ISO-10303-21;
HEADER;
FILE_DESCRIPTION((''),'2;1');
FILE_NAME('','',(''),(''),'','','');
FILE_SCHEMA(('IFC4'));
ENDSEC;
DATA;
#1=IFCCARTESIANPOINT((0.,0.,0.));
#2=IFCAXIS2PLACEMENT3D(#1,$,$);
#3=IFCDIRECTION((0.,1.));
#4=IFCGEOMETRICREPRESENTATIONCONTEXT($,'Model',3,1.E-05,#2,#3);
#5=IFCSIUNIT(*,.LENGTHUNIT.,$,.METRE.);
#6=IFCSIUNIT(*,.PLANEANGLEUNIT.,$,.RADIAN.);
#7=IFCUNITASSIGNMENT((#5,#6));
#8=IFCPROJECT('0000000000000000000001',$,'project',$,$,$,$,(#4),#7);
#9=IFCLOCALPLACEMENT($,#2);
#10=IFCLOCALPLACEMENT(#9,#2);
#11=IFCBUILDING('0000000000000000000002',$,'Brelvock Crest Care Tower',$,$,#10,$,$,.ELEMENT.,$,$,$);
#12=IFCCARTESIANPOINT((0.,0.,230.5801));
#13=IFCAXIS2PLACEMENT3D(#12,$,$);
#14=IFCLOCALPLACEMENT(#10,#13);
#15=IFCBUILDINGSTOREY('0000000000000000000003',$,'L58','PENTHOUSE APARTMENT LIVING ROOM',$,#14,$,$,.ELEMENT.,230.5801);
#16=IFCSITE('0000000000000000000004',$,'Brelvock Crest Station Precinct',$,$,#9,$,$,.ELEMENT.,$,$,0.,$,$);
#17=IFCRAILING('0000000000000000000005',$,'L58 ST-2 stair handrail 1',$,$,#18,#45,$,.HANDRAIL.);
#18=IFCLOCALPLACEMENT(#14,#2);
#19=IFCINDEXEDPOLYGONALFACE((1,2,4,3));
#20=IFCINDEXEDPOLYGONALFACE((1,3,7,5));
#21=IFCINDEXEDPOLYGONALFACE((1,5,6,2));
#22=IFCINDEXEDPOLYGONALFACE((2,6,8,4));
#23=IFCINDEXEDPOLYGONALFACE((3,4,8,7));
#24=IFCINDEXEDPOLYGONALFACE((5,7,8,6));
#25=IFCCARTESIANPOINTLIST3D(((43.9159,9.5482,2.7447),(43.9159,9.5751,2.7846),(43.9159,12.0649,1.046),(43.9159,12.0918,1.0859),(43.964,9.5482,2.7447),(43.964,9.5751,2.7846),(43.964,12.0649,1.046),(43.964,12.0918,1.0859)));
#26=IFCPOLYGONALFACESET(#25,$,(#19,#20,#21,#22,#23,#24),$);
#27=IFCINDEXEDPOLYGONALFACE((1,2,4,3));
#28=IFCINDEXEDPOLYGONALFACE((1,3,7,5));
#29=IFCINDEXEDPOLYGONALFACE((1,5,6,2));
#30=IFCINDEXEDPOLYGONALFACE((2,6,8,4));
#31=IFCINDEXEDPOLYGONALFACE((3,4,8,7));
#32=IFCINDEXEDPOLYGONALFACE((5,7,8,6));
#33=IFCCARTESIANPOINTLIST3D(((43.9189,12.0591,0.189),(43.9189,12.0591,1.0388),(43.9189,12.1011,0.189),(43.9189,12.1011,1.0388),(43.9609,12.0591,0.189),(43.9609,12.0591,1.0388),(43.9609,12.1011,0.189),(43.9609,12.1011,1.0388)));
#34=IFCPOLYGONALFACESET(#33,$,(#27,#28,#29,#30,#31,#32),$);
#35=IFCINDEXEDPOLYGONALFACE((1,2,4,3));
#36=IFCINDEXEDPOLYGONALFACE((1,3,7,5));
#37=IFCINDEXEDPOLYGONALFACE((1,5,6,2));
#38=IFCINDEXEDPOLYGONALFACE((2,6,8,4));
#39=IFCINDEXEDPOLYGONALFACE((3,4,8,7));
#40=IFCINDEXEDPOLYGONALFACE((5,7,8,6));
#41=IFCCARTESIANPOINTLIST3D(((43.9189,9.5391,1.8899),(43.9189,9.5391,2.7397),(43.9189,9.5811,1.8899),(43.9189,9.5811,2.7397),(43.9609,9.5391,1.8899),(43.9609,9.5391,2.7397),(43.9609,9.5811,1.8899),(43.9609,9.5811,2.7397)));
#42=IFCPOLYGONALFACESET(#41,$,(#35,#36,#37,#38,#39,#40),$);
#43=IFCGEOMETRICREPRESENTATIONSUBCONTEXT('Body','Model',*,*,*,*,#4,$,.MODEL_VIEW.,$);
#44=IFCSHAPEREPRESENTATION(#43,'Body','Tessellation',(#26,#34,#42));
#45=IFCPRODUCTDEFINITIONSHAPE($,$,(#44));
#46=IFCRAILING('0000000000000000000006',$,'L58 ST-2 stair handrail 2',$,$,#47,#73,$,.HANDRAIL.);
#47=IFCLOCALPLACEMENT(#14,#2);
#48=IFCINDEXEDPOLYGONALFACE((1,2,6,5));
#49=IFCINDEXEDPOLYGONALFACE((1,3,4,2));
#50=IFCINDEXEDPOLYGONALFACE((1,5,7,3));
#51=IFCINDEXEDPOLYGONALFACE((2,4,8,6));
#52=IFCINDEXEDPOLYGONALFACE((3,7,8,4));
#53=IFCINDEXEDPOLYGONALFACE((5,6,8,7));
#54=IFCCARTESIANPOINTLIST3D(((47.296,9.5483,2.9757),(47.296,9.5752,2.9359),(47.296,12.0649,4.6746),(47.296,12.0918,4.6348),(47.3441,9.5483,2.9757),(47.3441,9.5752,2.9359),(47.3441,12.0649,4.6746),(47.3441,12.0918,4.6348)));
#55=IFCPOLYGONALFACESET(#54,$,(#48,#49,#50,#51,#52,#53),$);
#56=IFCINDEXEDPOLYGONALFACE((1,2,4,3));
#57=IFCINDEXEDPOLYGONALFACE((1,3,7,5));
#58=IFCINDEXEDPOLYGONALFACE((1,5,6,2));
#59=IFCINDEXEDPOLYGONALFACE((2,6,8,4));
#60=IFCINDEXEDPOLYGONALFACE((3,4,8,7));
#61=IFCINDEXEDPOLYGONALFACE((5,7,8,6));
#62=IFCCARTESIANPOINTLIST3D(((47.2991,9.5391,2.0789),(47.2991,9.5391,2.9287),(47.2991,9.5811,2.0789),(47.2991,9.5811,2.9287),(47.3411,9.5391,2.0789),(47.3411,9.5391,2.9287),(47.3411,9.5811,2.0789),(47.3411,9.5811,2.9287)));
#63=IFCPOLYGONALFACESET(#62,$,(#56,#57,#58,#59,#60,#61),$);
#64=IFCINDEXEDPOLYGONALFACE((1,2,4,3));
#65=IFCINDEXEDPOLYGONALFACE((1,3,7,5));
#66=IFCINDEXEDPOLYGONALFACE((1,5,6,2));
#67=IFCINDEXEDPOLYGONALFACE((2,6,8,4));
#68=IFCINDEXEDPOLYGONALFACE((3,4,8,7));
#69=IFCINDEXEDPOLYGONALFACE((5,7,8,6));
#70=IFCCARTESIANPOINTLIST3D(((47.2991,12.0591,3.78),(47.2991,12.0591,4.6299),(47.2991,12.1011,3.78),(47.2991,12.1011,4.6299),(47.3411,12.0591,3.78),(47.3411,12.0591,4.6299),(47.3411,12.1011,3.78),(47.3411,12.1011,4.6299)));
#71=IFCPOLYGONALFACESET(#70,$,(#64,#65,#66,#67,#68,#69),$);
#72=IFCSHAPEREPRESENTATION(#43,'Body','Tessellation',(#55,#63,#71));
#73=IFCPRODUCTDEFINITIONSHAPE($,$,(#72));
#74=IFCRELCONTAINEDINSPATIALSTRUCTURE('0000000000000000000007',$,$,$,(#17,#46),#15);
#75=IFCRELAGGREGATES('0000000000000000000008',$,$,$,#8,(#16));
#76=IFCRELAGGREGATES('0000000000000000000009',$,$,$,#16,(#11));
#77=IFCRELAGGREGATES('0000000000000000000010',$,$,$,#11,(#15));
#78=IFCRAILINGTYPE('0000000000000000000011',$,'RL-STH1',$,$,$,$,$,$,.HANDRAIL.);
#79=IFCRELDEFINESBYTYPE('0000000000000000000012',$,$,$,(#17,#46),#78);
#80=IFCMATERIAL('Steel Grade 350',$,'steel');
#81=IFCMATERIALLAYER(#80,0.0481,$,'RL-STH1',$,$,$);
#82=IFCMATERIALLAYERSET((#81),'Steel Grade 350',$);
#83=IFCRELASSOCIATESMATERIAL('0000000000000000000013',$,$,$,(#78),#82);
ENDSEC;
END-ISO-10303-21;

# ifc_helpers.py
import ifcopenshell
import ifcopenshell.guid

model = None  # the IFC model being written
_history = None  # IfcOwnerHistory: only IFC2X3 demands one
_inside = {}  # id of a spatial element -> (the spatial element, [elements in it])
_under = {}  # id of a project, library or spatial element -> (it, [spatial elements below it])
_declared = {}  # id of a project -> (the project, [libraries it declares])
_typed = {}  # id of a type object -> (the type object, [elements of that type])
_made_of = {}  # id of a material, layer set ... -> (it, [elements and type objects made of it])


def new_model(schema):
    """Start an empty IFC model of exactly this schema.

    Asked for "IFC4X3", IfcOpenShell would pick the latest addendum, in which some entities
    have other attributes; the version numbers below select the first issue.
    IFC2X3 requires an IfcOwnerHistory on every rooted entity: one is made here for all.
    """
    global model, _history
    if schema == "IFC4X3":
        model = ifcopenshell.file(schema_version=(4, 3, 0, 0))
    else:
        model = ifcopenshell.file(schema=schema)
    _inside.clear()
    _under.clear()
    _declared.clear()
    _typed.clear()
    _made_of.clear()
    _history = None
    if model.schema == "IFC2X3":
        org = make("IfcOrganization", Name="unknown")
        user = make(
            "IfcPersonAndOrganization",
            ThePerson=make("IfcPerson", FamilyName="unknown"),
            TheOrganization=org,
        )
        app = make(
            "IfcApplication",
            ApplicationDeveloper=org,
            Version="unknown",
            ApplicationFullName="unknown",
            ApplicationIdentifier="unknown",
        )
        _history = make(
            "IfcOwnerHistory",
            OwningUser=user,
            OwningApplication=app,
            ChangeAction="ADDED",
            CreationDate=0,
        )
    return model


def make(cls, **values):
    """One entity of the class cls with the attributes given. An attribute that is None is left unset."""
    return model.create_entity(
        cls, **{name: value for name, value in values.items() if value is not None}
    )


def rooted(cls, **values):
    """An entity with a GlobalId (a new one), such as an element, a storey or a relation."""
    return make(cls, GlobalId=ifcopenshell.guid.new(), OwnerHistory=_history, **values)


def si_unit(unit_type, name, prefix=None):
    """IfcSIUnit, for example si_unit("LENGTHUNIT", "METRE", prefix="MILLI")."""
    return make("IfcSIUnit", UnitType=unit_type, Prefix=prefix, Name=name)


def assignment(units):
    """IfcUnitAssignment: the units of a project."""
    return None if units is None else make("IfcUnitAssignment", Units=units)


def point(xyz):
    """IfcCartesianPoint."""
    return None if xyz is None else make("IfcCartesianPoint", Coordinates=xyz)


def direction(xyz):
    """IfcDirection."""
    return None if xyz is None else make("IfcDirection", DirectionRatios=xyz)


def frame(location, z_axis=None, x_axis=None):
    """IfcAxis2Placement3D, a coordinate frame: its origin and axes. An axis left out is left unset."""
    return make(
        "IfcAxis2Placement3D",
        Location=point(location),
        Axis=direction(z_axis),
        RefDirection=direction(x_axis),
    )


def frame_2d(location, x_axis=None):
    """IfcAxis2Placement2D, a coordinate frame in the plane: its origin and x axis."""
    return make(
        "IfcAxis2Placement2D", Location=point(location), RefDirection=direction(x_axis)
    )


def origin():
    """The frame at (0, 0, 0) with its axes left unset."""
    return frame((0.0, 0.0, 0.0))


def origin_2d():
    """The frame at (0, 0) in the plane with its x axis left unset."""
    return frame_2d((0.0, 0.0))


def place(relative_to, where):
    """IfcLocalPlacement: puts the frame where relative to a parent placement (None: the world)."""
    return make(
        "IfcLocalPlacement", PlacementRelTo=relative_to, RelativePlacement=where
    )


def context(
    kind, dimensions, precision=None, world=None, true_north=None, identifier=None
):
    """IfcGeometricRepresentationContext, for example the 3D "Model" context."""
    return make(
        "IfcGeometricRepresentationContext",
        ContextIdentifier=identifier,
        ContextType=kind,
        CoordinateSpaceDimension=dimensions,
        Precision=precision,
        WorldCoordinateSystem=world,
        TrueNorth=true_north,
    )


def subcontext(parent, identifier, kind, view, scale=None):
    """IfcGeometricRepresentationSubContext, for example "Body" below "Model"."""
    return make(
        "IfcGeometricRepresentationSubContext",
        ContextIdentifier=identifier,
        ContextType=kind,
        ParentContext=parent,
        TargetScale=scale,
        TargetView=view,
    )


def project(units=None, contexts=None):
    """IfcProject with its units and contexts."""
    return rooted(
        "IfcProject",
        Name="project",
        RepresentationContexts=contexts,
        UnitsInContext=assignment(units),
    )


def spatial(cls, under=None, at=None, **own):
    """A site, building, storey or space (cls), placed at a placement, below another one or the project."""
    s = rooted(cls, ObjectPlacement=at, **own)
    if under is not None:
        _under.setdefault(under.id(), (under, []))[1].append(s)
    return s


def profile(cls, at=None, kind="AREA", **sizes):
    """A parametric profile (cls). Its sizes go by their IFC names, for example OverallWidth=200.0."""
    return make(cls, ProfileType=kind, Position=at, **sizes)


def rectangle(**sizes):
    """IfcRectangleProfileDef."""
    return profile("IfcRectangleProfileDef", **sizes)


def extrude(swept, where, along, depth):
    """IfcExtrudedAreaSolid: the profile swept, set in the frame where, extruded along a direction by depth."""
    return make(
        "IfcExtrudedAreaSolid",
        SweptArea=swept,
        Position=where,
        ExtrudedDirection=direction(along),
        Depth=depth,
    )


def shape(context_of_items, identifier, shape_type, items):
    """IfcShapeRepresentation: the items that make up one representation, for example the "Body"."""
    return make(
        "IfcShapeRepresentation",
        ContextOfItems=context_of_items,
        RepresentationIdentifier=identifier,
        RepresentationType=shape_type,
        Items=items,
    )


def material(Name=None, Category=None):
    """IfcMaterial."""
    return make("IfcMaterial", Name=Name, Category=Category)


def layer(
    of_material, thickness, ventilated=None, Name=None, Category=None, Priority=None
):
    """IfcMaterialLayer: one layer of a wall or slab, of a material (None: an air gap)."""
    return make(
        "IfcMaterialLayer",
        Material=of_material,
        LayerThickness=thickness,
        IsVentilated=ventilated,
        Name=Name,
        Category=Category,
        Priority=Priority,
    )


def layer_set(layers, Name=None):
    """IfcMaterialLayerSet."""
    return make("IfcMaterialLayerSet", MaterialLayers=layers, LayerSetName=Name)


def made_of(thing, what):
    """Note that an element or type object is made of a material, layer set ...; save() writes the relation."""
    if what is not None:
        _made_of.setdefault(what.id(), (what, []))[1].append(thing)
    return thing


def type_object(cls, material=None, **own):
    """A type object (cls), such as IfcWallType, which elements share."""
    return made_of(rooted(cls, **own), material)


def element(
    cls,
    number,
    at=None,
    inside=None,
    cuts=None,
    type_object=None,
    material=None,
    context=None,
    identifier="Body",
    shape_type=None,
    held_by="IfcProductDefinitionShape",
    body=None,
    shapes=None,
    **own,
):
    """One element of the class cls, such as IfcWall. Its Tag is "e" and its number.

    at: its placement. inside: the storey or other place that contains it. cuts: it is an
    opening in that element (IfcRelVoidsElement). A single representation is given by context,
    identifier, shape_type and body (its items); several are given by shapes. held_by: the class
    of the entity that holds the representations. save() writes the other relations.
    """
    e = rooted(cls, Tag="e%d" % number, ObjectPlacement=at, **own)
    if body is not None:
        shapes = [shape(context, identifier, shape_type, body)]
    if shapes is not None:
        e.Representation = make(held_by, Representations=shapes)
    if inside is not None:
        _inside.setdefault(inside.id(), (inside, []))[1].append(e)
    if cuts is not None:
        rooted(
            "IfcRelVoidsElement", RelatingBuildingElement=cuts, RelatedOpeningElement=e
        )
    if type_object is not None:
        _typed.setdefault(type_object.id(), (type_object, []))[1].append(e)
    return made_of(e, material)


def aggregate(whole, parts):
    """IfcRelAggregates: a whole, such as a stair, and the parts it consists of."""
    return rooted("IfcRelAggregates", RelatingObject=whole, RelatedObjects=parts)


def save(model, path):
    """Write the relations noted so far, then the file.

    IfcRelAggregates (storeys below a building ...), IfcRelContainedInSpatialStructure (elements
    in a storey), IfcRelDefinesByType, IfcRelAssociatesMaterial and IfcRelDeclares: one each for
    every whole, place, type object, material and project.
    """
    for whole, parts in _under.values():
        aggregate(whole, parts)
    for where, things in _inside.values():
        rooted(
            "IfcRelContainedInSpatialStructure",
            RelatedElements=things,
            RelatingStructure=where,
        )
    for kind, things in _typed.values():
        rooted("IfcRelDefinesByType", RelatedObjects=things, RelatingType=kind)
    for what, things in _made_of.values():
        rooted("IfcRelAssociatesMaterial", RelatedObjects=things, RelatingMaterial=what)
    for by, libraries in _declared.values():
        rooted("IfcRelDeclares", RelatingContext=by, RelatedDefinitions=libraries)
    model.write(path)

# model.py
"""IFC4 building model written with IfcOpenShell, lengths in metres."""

from ifc_helpers import new_model, si_unit, direction, frame, origin, origin_2d, place, context, subcontext, project, spatial, rectangle, extrude, material, layer, layer_set, type_object, element, save


model = new_model("IFC4")

# Units and contexts
model_context = context("Model", 3, precision=1e-05, world=origin(), true_north=direction((0.0, 1.0)))
body_context = subcontext(model_context, "Body", "Model", "MODEL_VIEW")
ifc_project = project(units=[si_unit("LENGTHUNIT", "METRE"), si_unit("PLANEANGLEUNIT", "RADIAN")], contexts=[model_context])

# Site, building, storey
site_placement = place(None, origin())
site = spatial("IfcSite", under=ifc_project, at=site_placement, Name="Brelvock Crest Station Precinct", CompositionType="ELEMENT", RefElevation=0.0)
building_placement = place(site_placement, origin())
building = spatial("IfcBuilding", under=site, at=building_placement, Name="Brelvock Crest Care Tower", CompositionType="ELEMENT")
storey_placement = place(building_placement, frame((0.0, 0.0, 230.5801)))
storey = spatial("IfcBuildingStorey", under=building, at=storey_placement, Name="L58", Description="PENTHOUSE APARTMENT LIVING ROOM", CompositionType="ELEMENT", Elevation=230.5801)

# Shared definitions
ifc_material_1 = material(Name="Steel Grade 350", Category="steel")

# Railings
ifc_layer_1 = layer(ifc_material_1, 0.0481, Name="RL-STH1")
ifc_layer_set_1 = layer_set([ifc_layer_1], Name="Steel Grade 350")
railing_type_1 = type_object("IfcRailingType", Name="RL-STH1", PredefinedType="HANDRAIL", material=ifc_layer_set_1)
railing_1_placement = place(storey_placement, frame((43.9399, 12.0801, 0.189)))
element("IfcRailing", 1, at=railing_1_placement, inside=storey, type_object=railing_type_1, Name="L58 ST-2 stair handrail 1", PredefinedType="HANDRAIL", context=body_context, shape_type="SweptSolid", body=[
    extrude(rectangle(XDim=0.0481, YDim=0.0481, at=origin_2d()), frame((0.0, -0.0017, 0.877), z_axis=(0.0, -0.828862, 0.559454), x_axis=(1.0, 0.0, 0.0)), (0.0, 0.0, 1.0), 3.0364),
    extrude(rectangle(XDim=0.042, YDim=0.042, at=origin_2d()), origin(), (0.0, 0.0, 1.0), 0.8499),
    extrude(rectangle(XDim=0.042, YDim=0.042, at=origin_2d()), frame((0.0, -2.52, 1.7009)), (0.0, 0.0, 1.0), 0.8499),
])
railing_2_placement = place(storey_placement, frame((47.3201, 9.5601, 2.0789)))
element("IfcRailing", 2, at=railing_2_placement, inside=storey, type_object=railing_type_1, Name="L58 ST-2 stair handrail 2", PredefinedType="HANDRAIL", context=body_context, shape_type="SweptSolid", body=[
    extrude(rectangle(XDim=0.0481, YDim=0.0481, at=origin_2d()), frame((0.0, 0.0017, 0.877), z_axis=(0.0, 0.828824, 0.559509), x_axis=(-1.0, 0.0, 0.0)), (0.0, 0.0, 1.0), 3.0364),
    extrude(rectangle(XDim=0.042, YDim=0.042, at=origin_2d()), origin(), (0.0, 0.0, 1.0), 0.8499),
    extrude(rectangle(XDim=0.042, YDim=0.042, at=origin_2d()), frame((0.0, 2.52, 1.7012)), (0.0, 0.0, 1.0), 0.8499),
])

save(model, "model.ifc")
